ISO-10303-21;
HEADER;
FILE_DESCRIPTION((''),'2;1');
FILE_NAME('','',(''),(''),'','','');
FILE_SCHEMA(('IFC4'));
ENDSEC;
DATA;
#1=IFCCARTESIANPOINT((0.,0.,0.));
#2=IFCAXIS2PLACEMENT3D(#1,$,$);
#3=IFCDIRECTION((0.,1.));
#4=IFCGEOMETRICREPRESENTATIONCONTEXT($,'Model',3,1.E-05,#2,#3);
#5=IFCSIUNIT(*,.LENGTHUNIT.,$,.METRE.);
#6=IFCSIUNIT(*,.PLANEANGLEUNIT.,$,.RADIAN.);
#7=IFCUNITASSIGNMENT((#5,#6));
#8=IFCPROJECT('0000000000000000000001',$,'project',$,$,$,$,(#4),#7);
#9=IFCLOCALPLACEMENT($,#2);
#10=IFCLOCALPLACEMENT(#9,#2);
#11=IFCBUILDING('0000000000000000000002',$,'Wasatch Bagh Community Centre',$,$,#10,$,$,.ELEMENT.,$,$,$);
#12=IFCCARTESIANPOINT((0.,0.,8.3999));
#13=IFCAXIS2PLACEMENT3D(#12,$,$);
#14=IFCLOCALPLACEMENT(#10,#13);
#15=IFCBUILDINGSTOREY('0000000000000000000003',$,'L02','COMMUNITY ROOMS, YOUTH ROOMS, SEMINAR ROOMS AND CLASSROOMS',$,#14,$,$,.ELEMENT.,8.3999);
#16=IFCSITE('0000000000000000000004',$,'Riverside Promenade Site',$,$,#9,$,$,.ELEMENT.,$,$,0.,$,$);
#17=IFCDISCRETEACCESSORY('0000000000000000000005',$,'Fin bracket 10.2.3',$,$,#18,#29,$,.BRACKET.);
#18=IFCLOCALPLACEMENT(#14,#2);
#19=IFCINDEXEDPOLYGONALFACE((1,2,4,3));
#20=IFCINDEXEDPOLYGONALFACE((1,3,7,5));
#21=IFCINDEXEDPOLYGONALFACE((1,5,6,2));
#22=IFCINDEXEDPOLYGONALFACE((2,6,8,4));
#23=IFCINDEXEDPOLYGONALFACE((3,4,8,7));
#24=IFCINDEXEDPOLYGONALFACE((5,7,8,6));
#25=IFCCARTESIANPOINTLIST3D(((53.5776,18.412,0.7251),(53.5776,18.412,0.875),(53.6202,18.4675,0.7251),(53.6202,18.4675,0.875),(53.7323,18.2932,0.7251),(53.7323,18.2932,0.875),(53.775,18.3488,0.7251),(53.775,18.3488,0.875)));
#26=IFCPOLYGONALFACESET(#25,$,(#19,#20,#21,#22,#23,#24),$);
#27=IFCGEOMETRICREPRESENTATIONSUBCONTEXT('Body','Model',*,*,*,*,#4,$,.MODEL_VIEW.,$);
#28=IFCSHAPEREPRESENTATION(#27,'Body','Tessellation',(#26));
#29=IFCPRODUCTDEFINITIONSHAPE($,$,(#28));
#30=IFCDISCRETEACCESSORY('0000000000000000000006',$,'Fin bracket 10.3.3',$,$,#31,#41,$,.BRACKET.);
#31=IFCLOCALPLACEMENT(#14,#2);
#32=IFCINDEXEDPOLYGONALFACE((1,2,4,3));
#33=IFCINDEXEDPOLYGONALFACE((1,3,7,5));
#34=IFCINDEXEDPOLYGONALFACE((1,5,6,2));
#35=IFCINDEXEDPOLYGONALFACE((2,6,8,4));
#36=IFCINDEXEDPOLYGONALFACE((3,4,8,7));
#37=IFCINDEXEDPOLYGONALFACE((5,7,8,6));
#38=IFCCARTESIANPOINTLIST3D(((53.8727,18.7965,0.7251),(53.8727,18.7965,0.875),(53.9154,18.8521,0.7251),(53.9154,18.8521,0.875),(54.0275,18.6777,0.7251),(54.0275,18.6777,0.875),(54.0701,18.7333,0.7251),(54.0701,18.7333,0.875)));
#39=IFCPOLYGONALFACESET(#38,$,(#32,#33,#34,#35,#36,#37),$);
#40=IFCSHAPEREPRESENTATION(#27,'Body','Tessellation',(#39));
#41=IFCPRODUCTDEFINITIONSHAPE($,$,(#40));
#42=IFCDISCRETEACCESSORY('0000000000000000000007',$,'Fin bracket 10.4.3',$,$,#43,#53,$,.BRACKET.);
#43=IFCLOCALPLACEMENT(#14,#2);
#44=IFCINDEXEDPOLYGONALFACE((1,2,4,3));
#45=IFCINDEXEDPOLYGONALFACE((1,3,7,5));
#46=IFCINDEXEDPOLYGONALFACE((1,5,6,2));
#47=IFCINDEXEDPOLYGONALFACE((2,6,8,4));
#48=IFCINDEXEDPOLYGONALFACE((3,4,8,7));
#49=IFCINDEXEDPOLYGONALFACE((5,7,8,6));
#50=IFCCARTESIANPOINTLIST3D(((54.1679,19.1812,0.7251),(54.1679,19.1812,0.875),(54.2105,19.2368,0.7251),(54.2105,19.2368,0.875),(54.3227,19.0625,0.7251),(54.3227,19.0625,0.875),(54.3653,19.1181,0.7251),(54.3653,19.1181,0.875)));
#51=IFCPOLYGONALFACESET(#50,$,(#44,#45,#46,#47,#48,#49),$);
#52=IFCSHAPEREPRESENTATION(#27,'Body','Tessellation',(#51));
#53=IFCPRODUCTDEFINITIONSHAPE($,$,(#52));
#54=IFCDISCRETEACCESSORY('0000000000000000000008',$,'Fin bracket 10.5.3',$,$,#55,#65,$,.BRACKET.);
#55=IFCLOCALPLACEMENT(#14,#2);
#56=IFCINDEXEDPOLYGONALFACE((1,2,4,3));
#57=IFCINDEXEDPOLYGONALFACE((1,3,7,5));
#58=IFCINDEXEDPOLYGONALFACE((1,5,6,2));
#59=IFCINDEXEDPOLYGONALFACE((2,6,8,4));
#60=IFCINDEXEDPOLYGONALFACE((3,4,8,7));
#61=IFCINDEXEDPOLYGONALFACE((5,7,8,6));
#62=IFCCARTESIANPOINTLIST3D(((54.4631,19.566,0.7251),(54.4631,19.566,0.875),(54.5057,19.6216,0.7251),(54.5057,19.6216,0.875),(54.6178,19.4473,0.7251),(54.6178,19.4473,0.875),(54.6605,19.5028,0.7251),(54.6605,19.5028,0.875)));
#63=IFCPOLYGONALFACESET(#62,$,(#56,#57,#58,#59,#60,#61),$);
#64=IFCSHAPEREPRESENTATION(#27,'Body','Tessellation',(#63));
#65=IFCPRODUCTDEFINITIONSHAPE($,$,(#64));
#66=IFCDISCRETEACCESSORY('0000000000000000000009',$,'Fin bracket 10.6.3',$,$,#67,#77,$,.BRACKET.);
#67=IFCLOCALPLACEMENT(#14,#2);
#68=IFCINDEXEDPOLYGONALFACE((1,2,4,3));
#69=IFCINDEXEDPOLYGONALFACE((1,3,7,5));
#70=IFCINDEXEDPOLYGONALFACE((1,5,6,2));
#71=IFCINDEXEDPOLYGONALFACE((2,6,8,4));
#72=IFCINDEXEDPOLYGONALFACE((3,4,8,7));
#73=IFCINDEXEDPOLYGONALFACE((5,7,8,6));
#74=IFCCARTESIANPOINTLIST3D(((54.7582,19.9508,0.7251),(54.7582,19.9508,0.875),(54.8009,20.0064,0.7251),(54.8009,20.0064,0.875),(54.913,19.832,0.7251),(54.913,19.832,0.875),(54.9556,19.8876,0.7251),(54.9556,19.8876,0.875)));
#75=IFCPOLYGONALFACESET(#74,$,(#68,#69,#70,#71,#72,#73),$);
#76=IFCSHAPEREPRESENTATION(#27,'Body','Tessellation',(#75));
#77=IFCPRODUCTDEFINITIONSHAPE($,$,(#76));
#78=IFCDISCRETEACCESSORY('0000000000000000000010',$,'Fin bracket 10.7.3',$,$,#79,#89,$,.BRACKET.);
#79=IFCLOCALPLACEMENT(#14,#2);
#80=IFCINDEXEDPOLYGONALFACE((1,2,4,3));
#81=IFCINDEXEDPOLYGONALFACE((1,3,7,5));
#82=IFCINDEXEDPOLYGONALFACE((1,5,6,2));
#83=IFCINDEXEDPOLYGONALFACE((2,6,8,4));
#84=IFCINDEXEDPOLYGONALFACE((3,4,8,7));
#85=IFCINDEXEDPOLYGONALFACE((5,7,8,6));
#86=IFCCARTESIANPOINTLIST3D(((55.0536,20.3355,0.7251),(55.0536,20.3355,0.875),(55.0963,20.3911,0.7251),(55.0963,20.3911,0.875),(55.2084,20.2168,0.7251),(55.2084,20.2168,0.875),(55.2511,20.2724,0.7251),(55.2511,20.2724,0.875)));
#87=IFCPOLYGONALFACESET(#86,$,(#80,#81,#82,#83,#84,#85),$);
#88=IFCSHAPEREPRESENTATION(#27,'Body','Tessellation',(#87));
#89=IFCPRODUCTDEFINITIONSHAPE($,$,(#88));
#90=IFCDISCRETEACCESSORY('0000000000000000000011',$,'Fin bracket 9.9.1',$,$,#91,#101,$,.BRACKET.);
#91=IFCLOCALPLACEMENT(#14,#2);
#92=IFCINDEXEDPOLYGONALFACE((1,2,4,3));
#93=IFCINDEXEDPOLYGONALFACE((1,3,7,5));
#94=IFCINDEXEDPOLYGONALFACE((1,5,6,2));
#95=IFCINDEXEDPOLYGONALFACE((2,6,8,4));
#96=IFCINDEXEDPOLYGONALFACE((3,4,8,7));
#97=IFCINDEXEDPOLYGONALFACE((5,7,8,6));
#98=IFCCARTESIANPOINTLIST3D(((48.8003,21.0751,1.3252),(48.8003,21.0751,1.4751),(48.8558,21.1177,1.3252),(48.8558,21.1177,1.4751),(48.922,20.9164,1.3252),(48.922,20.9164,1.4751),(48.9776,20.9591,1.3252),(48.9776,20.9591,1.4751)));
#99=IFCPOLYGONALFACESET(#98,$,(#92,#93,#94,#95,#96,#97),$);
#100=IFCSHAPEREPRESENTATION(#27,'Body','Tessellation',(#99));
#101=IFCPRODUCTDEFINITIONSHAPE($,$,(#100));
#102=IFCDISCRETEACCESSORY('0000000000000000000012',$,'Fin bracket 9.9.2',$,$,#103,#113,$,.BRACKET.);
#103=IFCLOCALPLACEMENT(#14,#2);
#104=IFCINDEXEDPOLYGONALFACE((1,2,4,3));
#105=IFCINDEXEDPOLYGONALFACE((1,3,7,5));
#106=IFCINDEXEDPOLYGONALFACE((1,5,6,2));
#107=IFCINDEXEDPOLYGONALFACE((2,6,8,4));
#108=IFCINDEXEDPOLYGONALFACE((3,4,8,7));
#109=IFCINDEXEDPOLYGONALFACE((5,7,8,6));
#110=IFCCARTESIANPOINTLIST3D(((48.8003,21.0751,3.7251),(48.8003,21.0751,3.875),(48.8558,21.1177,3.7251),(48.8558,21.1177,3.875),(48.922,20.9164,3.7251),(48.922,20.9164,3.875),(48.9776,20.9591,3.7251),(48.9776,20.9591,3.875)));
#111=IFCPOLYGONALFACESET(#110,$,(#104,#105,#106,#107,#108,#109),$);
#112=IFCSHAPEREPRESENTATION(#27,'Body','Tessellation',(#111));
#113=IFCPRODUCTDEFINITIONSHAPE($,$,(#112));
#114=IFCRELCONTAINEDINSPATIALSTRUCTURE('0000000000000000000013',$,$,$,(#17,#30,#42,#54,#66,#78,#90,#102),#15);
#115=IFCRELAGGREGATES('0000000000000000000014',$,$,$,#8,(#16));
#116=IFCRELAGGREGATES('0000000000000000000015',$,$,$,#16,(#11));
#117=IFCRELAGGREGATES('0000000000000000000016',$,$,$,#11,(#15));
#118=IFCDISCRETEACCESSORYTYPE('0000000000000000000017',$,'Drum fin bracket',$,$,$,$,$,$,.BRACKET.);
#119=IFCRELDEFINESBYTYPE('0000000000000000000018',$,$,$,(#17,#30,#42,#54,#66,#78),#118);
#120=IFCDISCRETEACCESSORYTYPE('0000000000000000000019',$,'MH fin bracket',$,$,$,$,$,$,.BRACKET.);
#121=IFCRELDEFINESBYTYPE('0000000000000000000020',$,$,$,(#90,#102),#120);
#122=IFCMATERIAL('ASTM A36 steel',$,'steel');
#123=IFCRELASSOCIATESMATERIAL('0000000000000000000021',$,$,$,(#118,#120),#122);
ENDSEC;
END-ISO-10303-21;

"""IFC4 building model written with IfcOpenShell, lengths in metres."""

from ifc_helpers import new_model, si_unit, direction, frame, origin, origin_2d, place, context, subcontext, project, spatial, rectangle, extrude, material, type_object, element, save


model = new_model("IFC4")

# Units and contexts
model_context = context("Model", 3, precision=1e-05, world=origin(), true_north=direction((0.0, 1.0)))
body_context = subcontext(model_context, "Body", "Model", "MODEL_VIEW")
ifc_project = project(units=[si_unit("LENGTHUNIT", "METRE"), si_unit("PLANEANGLEUNIT", "RADIAN")], contexts=[model_context])

# Site, building, storey
site_placement = place(None, origin())
site = spatial("IfcSite", under=ifc_project, at=site_placement, Name="Riverside Promenade Site", CompositionType="ELEMENT", RefElevation=0.0)
building_placement = place(site_placement, origin())
building = spatial("IfcBuilding", under=site, at=building_placement, Name="Wasatch Bagh Community Centre", CompositionType="ELEMENT")
storey_placement = place(building_placement, frame((0.0, 0.0, 8.3999)))
storey = spatial("IfcBuildingStorey", under=building, at=storey_placement, Name="L02", Description="COMMUNITY ROOMS, YOUTH ROOMS, SEMINAR ROOMS AND CLASSROOMS", CompositionType="ELEMENT", Elevation=8.3999)

# Discrete accessories
ifc_material_1 = material(Name="ASTM A36 steel", Category="steel")
discrete_accessory_type_1 = type_object("IfcDiscreteAccessoryType", Name="Drum fin bracket", PredefinedType="BRACKET", material=ifc_material_1)
for number, where, z_axis, x_axis, name in (
    (1, (53.6763, 18.3804, 0.7251), (0.0, 0.0, 1.0), (0.608761, 0.793353, 0.0), "Fin bracket 10.2.3"),
    (2, (53.9714, 18.7649, 0.7251), (0.0, 0.0, 1.0), (0.608761, 0.793353, 0.0), "Fin bracket 10.3.3"),
    (3, (54.2666, 19.1497, 0.7251), (0.0, 0.0, 1.0), (0.608761, 0.793353, 0.0), "Fin bracket 10.4.3"),
    (4, (54.5618, 19.5344, 0.7251), (0.0, 0.0, 1.0), (0.608761, 0.793353, 0.0), "Fin bracket 10.5.3"),
    (5, (54.8569, 19.9192, 0.7251), (0.0, 0.0, 1.0), (0.608761, 0.793353, 0.0), "Fin bracket 10.6.3"),
    (6, (55.1523, 20.304, 0.7251), (0.0, 0.0, 1.0), (0.608761, 0.793353, 0.0), "Fin bracket 10.7.3"),
):
    element("IfcDiscreteAccessory", number, at=place(storey_placement, frame(where, z_axis=z_axis, x_axis=x_axis)), inside=storey, type_object=discrete_accessory_type_1, Name=name, PredefinedType="BRACKET", context=body_context, shape_type="SweptSolid", body=[
        extrude(rectangle(XDim=0.0701, YDim=0.1951, at=origin_2d()), origin(), (0.0, 0.0, 1.0), 0.1499),
    ])
discrete_accessory_type_2 = type_object("IfcDiscreteAccessoryType", Name="MH fin bracket", PredefinedType="BRACKET", material=ifc_material_1)
for number, where, z_axis, x_axis, name in (
    (7, (48.8889, 21.0171, 1.3252), (0.0, 0.0, 1.0), (0.793353, 0.608761, 0.0), "Fin bracket 9.9.1"),
    (8, (48.8889, 21.0171, 3.7251), (0.0, 0.0, 1.0), (0.793353, 0.608761, 0.0), "Fin bracket 9.9.2"),
):
    element("IfcDiscreteAccessory", number, at=place(storey_placement, frame(where, z_axis=z_axis, x_axis=x_axis)), inside=storey, type_object=discrete_accessory_type_2, Name=name, PredefinedType="BRACKET", context=body_context, shape_type="SweptSolid", body=[
        extrude(rectangle(XDim=0.0701, YDim=0.2, at=origin_2d()), origin(), (0.0, 0.0, 1.0), 0.1499),
    ])

save(model, "model.ifc")
